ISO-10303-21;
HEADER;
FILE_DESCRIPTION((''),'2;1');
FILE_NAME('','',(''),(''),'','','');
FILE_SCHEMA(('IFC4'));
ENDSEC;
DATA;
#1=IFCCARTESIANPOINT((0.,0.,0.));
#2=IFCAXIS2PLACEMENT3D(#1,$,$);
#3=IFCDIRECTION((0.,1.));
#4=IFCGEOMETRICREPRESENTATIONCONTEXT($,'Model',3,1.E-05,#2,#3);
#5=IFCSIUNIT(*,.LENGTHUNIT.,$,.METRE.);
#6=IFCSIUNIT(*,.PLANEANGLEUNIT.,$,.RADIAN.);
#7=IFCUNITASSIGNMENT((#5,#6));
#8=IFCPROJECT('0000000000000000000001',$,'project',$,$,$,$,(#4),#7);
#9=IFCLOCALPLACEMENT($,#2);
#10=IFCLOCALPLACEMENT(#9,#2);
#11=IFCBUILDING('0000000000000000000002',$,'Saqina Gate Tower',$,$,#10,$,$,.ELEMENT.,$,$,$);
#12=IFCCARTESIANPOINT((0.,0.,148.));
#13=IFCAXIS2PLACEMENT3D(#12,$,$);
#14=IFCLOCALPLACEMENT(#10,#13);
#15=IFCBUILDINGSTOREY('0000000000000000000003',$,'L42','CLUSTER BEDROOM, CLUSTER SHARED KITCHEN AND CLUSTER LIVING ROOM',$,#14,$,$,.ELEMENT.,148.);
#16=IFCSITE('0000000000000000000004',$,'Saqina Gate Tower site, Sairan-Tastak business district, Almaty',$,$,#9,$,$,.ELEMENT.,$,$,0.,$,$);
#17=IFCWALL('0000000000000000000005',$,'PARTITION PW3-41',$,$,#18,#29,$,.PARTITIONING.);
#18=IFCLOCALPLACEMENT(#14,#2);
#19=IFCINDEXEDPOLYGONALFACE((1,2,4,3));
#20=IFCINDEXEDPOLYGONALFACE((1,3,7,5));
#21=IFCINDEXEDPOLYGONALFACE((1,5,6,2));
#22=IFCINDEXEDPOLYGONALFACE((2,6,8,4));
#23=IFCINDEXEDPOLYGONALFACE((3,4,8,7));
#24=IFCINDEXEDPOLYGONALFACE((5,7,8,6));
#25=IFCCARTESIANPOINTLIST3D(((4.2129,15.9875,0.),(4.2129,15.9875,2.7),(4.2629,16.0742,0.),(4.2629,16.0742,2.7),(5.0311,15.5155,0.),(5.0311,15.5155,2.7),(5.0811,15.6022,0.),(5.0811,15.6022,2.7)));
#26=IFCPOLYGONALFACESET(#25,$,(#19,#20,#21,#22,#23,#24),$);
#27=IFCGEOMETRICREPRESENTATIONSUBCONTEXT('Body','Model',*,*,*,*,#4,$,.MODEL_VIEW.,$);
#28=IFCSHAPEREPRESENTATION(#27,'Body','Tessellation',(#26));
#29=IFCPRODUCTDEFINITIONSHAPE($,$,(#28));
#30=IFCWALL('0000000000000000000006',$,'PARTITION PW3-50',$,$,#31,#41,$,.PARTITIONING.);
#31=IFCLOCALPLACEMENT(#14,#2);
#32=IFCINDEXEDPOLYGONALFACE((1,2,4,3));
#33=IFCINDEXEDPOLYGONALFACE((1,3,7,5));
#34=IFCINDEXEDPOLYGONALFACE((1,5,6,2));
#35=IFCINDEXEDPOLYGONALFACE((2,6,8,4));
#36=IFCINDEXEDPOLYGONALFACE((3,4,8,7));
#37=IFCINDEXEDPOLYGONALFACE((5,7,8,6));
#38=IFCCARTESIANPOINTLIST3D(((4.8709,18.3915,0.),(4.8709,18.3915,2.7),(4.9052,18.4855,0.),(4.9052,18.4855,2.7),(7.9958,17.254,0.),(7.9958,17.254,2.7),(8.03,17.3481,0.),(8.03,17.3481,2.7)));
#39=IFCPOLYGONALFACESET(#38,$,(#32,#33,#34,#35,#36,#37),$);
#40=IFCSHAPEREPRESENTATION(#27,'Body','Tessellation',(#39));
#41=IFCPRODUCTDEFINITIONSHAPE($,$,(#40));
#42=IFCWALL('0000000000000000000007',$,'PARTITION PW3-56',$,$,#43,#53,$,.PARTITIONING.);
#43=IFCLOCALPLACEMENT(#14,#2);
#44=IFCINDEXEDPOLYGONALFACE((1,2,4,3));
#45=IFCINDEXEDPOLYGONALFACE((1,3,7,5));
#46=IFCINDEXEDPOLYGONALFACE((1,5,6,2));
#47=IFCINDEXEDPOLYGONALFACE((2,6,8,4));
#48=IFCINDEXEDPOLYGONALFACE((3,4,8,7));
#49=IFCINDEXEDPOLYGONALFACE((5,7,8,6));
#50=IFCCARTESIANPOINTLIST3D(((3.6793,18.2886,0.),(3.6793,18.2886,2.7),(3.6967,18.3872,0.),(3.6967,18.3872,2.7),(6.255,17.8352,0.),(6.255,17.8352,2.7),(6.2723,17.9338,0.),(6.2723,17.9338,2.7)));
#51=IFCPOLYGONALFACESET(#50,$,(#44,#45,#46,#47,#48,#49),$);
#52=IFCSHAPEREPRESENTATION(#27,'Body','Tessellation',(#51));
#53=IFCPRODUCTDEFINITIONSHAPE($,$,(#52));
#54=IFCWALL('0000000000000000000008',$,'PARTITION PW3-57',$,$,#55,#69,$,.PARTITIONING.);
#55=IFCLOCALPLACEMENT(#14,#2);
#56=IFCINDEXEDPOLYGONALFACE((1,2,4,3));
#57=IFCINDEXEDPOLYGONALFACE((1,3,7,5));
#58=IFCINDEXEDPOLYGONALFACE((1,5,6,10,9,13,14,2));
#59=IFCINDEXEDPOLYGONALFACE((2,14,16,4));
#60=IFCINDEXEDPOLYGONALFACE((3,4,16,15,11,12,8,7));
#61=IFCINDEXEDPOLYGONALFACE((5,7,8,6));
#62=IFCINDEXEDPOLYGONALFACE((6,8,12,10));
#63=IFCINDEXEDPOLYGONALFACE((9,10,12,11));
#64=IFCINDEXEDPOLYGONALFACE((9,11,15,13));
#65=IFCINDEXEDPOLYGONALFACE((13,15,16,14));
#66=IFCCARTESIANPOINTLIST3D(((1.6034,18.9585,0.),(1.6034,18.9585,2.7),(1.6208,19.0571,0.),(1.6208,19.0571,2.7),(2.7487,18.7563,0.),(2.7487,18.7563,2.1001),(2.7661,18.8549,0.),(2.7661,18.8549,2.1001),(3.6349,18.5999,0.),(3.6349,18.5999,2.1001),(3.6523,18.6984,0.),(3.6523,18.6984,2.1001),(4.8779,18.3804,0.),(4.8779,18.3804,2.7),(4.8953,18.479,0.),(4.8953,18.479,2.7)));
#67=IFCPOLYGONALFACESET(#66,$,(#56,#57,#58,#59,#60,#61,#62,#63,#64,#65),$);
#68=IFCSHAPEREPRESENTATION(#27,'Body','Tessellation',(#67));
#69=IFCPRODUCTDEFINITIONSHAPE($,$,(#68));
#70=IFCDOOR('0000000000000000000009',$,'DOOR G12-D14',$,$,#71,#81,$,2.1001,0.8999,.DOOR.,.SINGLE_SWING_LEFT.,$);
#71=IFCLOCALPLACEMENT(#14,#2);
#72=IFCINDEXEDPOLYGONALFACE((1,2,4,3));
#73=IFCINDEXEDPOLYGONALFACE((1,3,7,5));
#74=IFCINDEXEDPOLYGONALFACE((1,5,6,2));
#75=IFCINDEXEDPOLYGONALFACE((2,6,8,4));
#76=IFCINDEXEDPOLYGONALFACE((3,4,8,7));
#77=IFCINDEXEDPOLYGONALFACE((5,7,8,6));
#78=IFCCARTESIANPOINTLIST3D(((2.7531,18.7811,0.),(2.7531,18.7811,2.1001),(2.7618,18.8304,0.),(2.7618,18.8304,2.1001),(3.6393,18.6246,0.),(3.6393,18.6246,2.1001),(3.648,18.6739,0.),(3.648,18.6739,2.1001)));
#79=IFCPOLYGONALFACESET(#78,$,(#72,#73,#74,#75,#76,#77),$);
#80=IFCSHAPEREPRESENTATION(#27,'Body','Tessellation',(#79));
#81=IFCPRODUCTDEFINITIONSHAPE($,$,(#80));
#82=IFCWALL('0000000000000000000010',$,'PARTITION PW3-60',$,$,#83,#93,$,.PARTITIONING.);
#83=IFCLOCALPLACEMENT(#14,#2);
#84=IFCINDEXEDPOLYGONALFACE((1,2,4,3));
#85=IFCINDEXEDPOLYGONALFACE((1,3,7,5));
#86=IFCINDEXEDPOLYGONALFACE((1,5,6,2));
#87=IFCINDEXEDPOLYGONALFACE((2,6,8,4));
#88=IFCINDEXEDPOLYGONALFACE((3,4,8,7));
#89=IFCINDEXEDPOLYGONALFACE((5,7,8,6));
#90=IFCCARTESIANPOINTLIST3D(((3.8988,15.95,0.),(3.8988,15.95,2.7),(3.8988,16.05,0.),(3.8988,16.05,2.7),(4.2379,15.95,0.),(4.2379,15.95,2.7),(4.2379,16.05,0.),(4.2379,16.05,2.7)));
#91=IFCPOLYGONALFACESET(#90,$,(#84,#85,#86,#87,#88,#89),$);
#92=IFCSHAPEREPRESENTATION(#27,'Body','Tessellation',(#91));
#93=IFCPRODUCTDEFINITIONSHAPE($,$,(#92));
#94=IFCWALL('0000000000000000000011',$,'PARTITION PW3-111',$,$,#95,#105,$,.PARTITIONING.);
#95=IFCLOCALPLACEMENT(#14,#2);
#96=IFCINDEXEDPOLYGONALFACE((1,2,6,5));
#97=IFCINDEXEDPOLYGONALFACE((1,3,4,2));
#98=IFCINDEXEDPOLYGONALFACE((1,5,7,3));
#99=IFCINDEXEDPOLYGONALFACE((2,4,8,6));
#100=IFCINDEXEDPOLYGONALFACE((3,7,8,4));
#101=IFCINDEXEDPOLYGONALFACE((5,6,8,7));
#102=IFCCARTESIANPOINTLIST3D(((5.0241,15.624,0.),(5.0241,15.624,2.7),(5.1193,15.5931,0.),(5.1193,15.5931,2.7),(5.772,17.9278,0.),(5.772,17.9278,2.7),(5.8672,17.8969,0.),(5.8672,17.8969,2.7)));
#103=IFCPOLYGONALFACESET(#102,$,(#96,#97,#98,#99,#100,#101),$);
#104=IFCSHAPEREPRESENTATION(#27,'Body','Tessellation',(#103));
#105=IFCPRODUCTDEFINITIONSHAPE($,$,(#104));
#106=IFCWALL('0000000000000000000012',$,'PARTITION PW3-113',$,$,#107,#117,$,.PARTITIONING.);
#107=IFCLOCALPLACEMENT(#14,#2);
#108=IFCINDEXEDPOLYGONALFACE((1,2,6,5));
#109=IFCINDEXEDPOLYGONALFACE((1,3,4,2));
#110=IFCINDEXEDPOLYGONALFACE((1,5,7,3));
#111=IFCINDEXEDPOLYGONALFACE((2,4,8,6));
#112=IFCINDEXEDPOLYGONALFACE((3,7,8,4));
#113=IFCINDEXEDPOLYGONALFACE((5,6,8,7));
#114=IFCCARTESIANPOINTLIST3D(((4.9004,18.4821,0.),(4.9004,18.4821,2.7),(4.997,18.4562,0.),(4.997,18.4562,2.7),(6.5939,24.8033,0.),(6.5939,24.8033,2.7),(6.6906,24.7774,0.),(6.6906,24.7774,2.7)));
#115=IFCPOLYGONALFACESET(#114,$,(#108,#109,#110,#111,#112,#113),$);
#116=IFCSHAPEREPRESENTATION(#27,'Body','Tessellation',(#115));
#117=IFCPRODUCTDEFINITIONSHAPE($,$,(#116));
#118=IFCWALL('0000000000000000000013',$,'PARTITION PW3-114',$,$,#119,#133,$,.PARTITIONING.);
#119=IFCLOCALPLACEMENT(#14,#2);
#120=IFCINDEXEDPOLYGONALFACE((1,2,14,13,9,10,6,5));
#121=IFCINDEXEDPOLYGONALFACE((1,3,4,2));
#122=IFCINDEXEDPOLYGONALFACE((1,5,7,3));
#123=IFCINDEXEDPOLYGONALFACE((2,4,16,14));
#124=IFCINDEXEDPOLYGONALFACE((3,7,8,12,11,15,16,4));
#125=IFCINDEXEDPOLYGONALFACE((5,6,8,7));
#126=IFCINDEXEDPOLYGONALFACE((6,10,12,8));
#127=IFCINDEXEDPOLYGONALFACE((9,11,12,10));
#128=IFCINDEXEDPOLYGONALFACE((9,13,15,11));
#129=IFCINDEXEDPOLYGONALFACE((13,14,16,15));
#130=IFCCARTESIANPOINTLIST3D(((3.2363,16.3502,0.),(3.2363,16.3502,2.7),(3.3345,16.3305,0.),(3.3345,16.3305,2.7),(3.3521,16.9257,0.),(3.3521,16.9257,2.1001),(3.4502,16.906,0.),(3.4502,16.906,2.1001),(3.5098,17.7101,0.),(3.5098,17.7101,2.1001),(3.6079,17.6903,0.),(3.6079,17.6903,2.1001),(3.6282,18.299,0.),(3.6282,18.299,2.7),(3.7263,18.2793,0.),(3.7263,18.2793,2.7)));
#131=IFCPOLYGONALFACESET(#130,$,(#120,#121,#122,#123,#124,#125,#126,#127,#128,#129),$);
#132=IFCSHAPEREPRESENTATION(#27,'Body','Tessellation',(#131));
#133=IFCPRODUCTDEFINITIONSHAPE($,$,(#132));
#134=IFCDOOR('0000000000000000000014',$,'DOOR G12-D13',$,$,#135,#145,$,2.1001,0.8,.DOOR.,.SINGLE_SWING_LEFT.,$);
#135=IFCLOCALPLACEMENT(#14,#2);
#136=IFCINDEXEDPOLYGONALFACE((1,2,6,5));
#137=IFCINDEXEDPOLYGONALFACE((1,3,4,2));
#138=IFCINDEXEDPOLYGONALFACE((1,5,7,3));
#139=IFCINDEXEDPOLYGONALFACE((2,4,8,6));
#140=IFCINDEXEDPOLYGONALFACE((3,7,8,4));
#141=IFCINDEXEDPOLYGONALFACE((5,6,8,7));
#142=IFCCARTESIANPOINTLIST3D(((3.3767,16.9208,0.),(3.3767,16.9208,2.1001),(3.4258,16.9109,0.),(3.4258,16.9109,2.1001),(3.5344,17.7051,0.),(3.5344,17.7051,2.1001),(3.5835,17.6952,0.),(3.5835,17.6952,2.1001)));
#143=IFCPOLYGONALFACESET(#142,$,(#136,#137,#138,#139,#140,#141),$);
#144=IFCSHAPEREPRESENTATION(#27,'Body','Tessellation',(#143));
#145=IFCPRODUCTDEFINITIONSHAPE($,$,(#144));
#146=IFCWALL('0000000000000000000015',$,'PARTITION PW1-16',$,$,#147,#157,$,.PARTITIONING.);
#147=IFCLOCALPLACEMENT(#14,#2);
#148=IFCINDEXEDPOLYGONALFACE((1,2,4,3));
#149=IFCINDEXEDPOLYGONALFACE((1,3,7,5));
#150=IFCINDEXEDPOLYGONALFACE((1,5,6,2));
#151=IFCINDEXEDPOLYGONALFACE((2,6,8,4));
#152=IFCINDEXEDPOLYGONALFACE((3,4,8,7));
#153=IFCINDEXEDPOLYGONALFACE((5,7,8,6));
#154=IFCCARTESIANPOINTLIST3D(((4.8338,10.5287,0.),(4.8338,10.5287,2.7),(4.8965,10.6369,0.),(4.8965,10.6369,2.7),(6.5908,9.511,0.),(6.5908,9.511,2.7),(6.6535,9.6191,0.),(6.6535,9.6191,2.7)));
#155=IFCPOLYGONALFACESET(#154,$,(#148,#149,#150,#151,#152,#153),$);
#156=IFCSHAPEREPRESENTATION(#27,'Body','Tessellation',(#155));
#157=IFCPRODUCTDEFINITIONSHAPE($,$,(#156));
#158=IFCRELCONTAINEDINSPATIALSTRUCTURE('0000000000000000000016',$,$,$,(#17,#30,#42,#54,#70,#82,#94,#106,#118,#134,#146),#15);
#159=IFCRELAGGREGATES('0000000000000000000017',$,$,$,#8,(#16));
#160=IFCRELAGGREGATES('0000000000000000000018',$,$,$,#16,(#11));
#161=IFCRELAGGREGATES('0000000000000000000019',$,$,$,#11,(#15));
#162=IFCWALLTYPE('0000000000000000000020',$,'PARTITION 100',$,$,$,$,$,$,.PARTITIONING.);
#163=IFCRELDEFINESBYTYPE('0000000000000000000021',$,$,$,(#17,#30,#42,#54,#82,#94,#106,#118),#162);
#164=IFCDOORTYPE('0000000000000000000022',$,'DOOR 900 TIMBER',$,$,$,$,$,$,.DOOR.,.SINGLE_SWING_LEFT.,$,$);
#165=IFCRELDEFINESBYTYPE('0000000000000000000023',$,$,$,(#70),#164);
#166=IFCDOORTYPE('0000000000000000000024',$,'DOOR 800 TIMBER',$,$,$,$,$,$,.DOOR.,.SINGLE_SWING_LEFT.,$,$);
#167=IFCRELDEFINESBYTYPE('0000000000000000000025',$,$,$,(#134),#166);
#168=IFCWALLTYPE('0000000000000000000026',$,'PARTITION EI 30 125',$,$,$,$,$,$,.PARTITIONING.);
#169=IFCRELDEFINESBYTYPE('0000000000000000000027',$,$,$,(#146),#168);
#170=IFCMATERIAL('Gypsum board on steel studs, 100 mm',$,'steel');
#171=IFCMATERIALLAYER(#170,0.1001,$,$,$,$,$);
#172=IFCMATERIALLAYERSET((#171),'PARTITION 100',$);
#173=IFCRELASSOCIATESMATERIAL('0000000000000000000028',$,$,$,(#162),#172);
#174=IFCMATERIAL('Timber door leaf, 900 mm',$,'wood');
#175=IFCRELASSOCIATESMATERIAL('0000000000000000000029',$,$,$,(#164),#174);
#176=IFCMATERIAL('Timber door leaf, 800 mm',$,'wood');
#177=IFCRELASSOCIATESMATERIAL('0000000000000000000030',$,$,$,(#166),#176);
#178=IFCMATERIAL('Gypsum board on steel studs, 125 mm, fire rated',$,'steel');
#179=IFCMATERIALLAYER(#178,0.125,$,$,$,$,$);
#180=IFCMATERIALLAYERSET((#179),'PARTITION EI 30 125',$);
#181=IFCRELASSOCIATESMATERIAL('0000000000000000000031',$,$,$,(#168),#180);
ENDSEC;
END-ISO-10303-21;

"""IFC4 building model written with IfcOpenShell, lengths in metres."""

from ifc_helpers import new_model, si_unit, direction, frame, frame_2d, origin, place, context, subcontext, project, spatial, rectangle, extrude, material, layer, layer_set, type_object, element, fill, save


model = new_model("IFC4")

# Units and contexts
model_context = context("Model", 3, precision=1e-05, world=origin(), true_north=direction((0.0, 1.0)))
body_context = subcontext(model_context, "Body", "Model", "MODEL_VIEW")
ifc_project = project(units=[si_unit("LENGTHUNIT", "METRE"), si_unit("PLANEANGLEUNIT", "RADIAN")], contexts=[model_context])

# Site, building, storey
site_placement = place(None, origin())
site = spatial("IfcSite", under=ifc_project, at=site_placement, Name="Saqina Gate Tower site, Sairan-Tastak business district, Almaty", CompositionType="ELEMENT", RefElevation=0.0)
building_placement = place(site_placement, origin())
building = spatial("IfcBuilding", under=site, at=building_placement, Name="Saqina Gate Tower", CompositionType="ELEMENT")
storey_placement = place(building_placement, frame((0.0, 0.0, 148.0)))
storey = spatial("IfcBuildingStorey", under=building, at=storey_placement, Name="L42", Description="CLUSTER BEDROOM, CLUSTER SHARED KITCHEN AND CLUSTER LIVING ROOM", CompositionType="ELEMENT", Elevation=148.0)

# Walls
ifc_material_1 = material(Name="Gypsum board on steel studs, 100 mm", Category="steel")
ifc_layer_1 = layer(ifc_material_1, 0.1001)
ifc_layer_set_1 = layer_set([ifc_layer_1], Name="PARTITION 100")
wall_type_1 = type_object("IfcWallType", Name="PARTITION 100", PredefinedType="PARTITIONING", material=ifc_layer_set_1)
wall_1_placement = place(storey_placement, frame((4.238, 16.0308, 0.0), z_axis=(0.0, 0.0, 1.0), x_axis=(0.866216, -0.49967, 0.0)))
element("IfcWall", 1, at=wall_1_placement, inside=storey, type_object=wall_type_1, Name="PARTITION PW3-41", PredefinedType="PARTITIONING", context=body_context, shape_type="SweptSolid", body=[
    extrude(rectangle(XDim=0.9446, YDim=0.1001, at=frame_2d((0.4722, 0.0))), origin(), (0.0, 0.0, 1.0), 2.7),
])
wall_2_placement = place(storey_placement, frame((4.8882, 18.4385, 0.0), z_axis=(0.0, 0.0, 1.0), x_axis=(0.93968, -0.342055, 0.0)))
element("IfcWall", 2, at=wall_2_placement, inside=storey, type_object=wall_type_1, Name="PARTITION PW3-50", PredefinedType="PARTITIONING", context=body_context, shape_type="SweptSolid", body=[
    extrude(rectangle(XDim=3.3254, YDim=0.1001, at=frame_2d((1.6626, 0.0))), origin(), (0.0, 0.0, 1.0), 2.7),
])
wall_3_placement = place(storey_placement, frame((3.688, 18.3379, 0.0), z_axis=(0.0, 0.0, 1.0), x_axis=(0.98486, -0.173354, 0.0)))
element("IfcWall", 3, at=wall_3_placement, inside=storey, type_object=wall_type_1, Name="PARTITION PW3-56", PredefinedType="PARTITIONING", context=body_context, shape_type="SweptSolid", body=[
    extrude(rectangle(XDim=2.6152, YDim=0.1001, at=frame_2d((1.3076, 0.0))), origin(), (0.0, 0.0, 1.0), 2.7),
])

# Wall, opening, door
wall_4_placement = place(storey_placement, frame((1.6121, 19.0078, 0.0), z_axis=(0.0, 0.0, 1.0), x_axis=(0.984771, -0.173857, 0.0)))
wall_4 = element("IfcWall", 4, at=wall_4_placement, inside=storey, type_object=wall_type_1, Name="PARTITION PW3-57", PredefinedType="PARTITIONING", context=body_context, shape_type="SweptSolid", body=[
    extrude(rectangle(XDim=3.3252, YDim=0.1001, at=frame_2d((1.6626, 0.0))), origin(), (0.0, 0.0, 1.0), 2.7),
])
opening_1_placement = place(wall_4_placement, frame((1.1631, 0.0, 0.0)))
opening_1 = element("IfcOpeningElement", 5, at=opening_1_placement, cuts=wall_4, PredefinedType="OPENING", context=body_context, shape_type="SweptSolid", body=[
    extrude(rectangle(XDim=0.8999, YDim=2.1001, at=frame_2d((0.45, 1.05))), frame((0.0, 0.062, 0.0), z_axis=(0.0, -1.0, 0.0), x_axis=(1.0, 0.0, 0.0)), (0.0, 0.0, 1.0), 0.124),
])
ifc_material_2 = material(Name="Timber door leaf, 900 mm", Category="wood")
door_type_1 = type_object("IfcDoorType", Name="DOOR 900 TIMBER", OperationType="SINGLE_SWING_LEFT", PredefinedType="DOOR", material=ifc_material_2)
door_1_placement = place(opening_1_placement, frame((0.8999, 0.0, 0.0), z_axis=(0.0, 0.0, 1.0), x_axis=(-1.0, 0.0, 0.0)))
door_1 = element("IfcDoor", 6, at=door_1_placement, inside=storey, type_object=door_type_1, Name="DOOR G12-D14", OperationType="SINGLE_SWING_LEFT", OverallHeight=2.1001, OverallWidth=0.8999, PredefinedType="DOOR", context=body_context, shape_type="SweptSolid", body=[
    extrude(rectangle(XDim=0.8999, YDim=2.1001, at=frame_2d((0.45, 1.05))), frame((0.0, 0.0249, 0.0), z_axis=(0.0, -1.0, 0.0), x_axis=(1.0, 0.0, 0.0)), (0.0, 0.0, 1.0), 0.05),
])
fill(opening_1, door_1)

# Walls
wall_5_placement = place(storey_placement, frame((3.8989, 16.0, 0.0), z_axis=(0.0, 0.0, 1.0), x_axis=(1.0, 0.0, 0.0)))
element("IfcWall", 7, at=wall_5_placement, inside=storey, type_object=wall_type_1, Name="PARTITION PW3-60", PredefinedType="PARTITIONING", context=body_context, shape_type="SweptSolid", body=[
    extrude(rectangle(XDim=0.3391, YDim=0.1001, at=frame_2d((0.1694, 0.0))), origin(), (0.0, 0.0, 1.0), 2.7),
])
wall_6_placement = place(storey_placement, frame((5.0718, 15.6086, 0.0), z_axis=(0.0, 0.0, 1.0), x_axis=(0.308749, 0.951144, 0.0)))
element("IfcWall", 8, at=wall_6_placement, inside=storey, type_object=wall_type_1, Name="PARTITION PW3-111", PredefinedType="PARTITIONING", context=body_context, shape_type="SweptSolid", body=[
    extrude(rectangle(XDim=2.4221, YDim=0.1001, at=frame_2d((1.2109, 0.0))), origin(), (0.0, 0.0, 1.0), 2.7),
])
wall_7_placement = place(storey_placement, frame((4.9487, 18.4692, 0.0), z_axis=(0.0, 0.0, 1.0), x_axis=(0.258793, 0.965933, 0.0)))
element("IfcWall", 9, at=wall_7_placement, inside=storey, type_object=wall_type_1, Name="PARTITION PW3-113", PredefinedType="PARTITIONING", context=body_context, shape_type="SweptSolid", body=[
    extrude(rectangle(XDim=6.5442, YDim=0.1001, at=frame_2d((3.272, 0.0))), origin(), (0.0, 0.0, 1.0), 2.7),
])

# Wall, opening, door
wall_8_placement = place(storey_placement, frame((3.2854, 16.3403, 0.0), z_axis=(0.0, 0.0, 1.0), x_axis=(0.197132, 0.980377, 0.0)))
wall_8 = element("IfcWall", 10, at=wall_8_placement, inside=storey, type_object=wall_type_1, Name="PARTITION PW3-114", PredefinedType="PARTITIONING", context=body_context, shape_type="SweptSolid", body=[
    extrude(rectangle(XDim=1.9878, YDim=0.1001, at=frame_2d((0.9939, 0.0))), origin(), (0.0, 0.0, 1.0), 2.7),
])
opening_2_placement = place(wall_8_placement, frame((0.5872, 0.0, 0.0)))
opening_2 = element("IfcOpeningElement", 11, at=opening_2_placement, cuts=wall_8, PredefinedType="OPENING", context=body_context, shape_type="SweptSolid", body=[
    extrude(rectangle(XDim=0.8, YDim=2.1001, at=frame_2d((0.3999, 1.05))), frame((0.0, 0.062, 0.0), z_axis=(0.0, -1.0, 0.0), x_axis=(1.0, 0.0, 0.0)), (0.0, 0.0, 1.0), 0.124),
])
ifc_material_3 = material(Name="Timber door leaf, 800 mm", Category="wood")
door_type_2 = type_object("IfcDoorType", Name="DOOR 800 TIMBER", OperationType="SINGLE_SWING_LEFT", PredefinedType="DOOR", material=ifc_material_3)
door_2_placement = place(opening_2_placement, origin())
door_2 = element("IfcDoor", 12, at=door_2_placement, inside=storey, type_object=door_type_2, Name="DOOR G12-D13", OperationType="SINGLE_SWING_LEFT", OverallHeight=2.1001, OverallWidth=0.8, PredefinedType="DOOR", context=body_context, shape_type="SweptSolid", body=[
    extrude(rectangle(XDim=0.8, YDim=2.1001, at=frame_2d((0.3999, 1.05))), frame((0.0, 0.0249, 0.0), z_axis=(0.0, -1.0, 0.0), x_axis=(1.0, 0.0, 0.0)), (0.0, 0.0, 1.0), 0.05),
])
fill(opening_2, door_2)

# Wall
ifc_material_4 = material(Name="Gypsum board on steel studs, 125 mm, fire rated", Category="steel")
ifc_layer_2 = layer(ifc_material_4, 0.125)
ifc_layer_set_2 = layer_set([ifc_layer_2], Name="PARTITION EI 30 125")
wall_type_2 = type_object("IfcWallType", Name="PARTITION EI 30 125", PredefinedType="PARTITIONING", material=ifc_layer_set_2)
wall_9_placement = place(storey_placement, frame((4.8652, 10.5828, 0.0), z_axis=(0.0, 0.0, 1.0), x_axis=(0.865306, -0.501245, 0.0)))
element("IfcWall", 13, at=wall_9_placement, inside=storey, type_object=wall_type_2, Name="PARTITION PW1-16", PredefinedType="PARTITIONING", context=body_context, shape_type="SweptSolid", body=[
    extrude(rectangle(XDim=2.0305, YDim=0.125, at=frame_2d((1.0151, 0.0))), origin(), (0.0, 0.0, 1.0), 2.7),
])

save(model, "model.ifc")
